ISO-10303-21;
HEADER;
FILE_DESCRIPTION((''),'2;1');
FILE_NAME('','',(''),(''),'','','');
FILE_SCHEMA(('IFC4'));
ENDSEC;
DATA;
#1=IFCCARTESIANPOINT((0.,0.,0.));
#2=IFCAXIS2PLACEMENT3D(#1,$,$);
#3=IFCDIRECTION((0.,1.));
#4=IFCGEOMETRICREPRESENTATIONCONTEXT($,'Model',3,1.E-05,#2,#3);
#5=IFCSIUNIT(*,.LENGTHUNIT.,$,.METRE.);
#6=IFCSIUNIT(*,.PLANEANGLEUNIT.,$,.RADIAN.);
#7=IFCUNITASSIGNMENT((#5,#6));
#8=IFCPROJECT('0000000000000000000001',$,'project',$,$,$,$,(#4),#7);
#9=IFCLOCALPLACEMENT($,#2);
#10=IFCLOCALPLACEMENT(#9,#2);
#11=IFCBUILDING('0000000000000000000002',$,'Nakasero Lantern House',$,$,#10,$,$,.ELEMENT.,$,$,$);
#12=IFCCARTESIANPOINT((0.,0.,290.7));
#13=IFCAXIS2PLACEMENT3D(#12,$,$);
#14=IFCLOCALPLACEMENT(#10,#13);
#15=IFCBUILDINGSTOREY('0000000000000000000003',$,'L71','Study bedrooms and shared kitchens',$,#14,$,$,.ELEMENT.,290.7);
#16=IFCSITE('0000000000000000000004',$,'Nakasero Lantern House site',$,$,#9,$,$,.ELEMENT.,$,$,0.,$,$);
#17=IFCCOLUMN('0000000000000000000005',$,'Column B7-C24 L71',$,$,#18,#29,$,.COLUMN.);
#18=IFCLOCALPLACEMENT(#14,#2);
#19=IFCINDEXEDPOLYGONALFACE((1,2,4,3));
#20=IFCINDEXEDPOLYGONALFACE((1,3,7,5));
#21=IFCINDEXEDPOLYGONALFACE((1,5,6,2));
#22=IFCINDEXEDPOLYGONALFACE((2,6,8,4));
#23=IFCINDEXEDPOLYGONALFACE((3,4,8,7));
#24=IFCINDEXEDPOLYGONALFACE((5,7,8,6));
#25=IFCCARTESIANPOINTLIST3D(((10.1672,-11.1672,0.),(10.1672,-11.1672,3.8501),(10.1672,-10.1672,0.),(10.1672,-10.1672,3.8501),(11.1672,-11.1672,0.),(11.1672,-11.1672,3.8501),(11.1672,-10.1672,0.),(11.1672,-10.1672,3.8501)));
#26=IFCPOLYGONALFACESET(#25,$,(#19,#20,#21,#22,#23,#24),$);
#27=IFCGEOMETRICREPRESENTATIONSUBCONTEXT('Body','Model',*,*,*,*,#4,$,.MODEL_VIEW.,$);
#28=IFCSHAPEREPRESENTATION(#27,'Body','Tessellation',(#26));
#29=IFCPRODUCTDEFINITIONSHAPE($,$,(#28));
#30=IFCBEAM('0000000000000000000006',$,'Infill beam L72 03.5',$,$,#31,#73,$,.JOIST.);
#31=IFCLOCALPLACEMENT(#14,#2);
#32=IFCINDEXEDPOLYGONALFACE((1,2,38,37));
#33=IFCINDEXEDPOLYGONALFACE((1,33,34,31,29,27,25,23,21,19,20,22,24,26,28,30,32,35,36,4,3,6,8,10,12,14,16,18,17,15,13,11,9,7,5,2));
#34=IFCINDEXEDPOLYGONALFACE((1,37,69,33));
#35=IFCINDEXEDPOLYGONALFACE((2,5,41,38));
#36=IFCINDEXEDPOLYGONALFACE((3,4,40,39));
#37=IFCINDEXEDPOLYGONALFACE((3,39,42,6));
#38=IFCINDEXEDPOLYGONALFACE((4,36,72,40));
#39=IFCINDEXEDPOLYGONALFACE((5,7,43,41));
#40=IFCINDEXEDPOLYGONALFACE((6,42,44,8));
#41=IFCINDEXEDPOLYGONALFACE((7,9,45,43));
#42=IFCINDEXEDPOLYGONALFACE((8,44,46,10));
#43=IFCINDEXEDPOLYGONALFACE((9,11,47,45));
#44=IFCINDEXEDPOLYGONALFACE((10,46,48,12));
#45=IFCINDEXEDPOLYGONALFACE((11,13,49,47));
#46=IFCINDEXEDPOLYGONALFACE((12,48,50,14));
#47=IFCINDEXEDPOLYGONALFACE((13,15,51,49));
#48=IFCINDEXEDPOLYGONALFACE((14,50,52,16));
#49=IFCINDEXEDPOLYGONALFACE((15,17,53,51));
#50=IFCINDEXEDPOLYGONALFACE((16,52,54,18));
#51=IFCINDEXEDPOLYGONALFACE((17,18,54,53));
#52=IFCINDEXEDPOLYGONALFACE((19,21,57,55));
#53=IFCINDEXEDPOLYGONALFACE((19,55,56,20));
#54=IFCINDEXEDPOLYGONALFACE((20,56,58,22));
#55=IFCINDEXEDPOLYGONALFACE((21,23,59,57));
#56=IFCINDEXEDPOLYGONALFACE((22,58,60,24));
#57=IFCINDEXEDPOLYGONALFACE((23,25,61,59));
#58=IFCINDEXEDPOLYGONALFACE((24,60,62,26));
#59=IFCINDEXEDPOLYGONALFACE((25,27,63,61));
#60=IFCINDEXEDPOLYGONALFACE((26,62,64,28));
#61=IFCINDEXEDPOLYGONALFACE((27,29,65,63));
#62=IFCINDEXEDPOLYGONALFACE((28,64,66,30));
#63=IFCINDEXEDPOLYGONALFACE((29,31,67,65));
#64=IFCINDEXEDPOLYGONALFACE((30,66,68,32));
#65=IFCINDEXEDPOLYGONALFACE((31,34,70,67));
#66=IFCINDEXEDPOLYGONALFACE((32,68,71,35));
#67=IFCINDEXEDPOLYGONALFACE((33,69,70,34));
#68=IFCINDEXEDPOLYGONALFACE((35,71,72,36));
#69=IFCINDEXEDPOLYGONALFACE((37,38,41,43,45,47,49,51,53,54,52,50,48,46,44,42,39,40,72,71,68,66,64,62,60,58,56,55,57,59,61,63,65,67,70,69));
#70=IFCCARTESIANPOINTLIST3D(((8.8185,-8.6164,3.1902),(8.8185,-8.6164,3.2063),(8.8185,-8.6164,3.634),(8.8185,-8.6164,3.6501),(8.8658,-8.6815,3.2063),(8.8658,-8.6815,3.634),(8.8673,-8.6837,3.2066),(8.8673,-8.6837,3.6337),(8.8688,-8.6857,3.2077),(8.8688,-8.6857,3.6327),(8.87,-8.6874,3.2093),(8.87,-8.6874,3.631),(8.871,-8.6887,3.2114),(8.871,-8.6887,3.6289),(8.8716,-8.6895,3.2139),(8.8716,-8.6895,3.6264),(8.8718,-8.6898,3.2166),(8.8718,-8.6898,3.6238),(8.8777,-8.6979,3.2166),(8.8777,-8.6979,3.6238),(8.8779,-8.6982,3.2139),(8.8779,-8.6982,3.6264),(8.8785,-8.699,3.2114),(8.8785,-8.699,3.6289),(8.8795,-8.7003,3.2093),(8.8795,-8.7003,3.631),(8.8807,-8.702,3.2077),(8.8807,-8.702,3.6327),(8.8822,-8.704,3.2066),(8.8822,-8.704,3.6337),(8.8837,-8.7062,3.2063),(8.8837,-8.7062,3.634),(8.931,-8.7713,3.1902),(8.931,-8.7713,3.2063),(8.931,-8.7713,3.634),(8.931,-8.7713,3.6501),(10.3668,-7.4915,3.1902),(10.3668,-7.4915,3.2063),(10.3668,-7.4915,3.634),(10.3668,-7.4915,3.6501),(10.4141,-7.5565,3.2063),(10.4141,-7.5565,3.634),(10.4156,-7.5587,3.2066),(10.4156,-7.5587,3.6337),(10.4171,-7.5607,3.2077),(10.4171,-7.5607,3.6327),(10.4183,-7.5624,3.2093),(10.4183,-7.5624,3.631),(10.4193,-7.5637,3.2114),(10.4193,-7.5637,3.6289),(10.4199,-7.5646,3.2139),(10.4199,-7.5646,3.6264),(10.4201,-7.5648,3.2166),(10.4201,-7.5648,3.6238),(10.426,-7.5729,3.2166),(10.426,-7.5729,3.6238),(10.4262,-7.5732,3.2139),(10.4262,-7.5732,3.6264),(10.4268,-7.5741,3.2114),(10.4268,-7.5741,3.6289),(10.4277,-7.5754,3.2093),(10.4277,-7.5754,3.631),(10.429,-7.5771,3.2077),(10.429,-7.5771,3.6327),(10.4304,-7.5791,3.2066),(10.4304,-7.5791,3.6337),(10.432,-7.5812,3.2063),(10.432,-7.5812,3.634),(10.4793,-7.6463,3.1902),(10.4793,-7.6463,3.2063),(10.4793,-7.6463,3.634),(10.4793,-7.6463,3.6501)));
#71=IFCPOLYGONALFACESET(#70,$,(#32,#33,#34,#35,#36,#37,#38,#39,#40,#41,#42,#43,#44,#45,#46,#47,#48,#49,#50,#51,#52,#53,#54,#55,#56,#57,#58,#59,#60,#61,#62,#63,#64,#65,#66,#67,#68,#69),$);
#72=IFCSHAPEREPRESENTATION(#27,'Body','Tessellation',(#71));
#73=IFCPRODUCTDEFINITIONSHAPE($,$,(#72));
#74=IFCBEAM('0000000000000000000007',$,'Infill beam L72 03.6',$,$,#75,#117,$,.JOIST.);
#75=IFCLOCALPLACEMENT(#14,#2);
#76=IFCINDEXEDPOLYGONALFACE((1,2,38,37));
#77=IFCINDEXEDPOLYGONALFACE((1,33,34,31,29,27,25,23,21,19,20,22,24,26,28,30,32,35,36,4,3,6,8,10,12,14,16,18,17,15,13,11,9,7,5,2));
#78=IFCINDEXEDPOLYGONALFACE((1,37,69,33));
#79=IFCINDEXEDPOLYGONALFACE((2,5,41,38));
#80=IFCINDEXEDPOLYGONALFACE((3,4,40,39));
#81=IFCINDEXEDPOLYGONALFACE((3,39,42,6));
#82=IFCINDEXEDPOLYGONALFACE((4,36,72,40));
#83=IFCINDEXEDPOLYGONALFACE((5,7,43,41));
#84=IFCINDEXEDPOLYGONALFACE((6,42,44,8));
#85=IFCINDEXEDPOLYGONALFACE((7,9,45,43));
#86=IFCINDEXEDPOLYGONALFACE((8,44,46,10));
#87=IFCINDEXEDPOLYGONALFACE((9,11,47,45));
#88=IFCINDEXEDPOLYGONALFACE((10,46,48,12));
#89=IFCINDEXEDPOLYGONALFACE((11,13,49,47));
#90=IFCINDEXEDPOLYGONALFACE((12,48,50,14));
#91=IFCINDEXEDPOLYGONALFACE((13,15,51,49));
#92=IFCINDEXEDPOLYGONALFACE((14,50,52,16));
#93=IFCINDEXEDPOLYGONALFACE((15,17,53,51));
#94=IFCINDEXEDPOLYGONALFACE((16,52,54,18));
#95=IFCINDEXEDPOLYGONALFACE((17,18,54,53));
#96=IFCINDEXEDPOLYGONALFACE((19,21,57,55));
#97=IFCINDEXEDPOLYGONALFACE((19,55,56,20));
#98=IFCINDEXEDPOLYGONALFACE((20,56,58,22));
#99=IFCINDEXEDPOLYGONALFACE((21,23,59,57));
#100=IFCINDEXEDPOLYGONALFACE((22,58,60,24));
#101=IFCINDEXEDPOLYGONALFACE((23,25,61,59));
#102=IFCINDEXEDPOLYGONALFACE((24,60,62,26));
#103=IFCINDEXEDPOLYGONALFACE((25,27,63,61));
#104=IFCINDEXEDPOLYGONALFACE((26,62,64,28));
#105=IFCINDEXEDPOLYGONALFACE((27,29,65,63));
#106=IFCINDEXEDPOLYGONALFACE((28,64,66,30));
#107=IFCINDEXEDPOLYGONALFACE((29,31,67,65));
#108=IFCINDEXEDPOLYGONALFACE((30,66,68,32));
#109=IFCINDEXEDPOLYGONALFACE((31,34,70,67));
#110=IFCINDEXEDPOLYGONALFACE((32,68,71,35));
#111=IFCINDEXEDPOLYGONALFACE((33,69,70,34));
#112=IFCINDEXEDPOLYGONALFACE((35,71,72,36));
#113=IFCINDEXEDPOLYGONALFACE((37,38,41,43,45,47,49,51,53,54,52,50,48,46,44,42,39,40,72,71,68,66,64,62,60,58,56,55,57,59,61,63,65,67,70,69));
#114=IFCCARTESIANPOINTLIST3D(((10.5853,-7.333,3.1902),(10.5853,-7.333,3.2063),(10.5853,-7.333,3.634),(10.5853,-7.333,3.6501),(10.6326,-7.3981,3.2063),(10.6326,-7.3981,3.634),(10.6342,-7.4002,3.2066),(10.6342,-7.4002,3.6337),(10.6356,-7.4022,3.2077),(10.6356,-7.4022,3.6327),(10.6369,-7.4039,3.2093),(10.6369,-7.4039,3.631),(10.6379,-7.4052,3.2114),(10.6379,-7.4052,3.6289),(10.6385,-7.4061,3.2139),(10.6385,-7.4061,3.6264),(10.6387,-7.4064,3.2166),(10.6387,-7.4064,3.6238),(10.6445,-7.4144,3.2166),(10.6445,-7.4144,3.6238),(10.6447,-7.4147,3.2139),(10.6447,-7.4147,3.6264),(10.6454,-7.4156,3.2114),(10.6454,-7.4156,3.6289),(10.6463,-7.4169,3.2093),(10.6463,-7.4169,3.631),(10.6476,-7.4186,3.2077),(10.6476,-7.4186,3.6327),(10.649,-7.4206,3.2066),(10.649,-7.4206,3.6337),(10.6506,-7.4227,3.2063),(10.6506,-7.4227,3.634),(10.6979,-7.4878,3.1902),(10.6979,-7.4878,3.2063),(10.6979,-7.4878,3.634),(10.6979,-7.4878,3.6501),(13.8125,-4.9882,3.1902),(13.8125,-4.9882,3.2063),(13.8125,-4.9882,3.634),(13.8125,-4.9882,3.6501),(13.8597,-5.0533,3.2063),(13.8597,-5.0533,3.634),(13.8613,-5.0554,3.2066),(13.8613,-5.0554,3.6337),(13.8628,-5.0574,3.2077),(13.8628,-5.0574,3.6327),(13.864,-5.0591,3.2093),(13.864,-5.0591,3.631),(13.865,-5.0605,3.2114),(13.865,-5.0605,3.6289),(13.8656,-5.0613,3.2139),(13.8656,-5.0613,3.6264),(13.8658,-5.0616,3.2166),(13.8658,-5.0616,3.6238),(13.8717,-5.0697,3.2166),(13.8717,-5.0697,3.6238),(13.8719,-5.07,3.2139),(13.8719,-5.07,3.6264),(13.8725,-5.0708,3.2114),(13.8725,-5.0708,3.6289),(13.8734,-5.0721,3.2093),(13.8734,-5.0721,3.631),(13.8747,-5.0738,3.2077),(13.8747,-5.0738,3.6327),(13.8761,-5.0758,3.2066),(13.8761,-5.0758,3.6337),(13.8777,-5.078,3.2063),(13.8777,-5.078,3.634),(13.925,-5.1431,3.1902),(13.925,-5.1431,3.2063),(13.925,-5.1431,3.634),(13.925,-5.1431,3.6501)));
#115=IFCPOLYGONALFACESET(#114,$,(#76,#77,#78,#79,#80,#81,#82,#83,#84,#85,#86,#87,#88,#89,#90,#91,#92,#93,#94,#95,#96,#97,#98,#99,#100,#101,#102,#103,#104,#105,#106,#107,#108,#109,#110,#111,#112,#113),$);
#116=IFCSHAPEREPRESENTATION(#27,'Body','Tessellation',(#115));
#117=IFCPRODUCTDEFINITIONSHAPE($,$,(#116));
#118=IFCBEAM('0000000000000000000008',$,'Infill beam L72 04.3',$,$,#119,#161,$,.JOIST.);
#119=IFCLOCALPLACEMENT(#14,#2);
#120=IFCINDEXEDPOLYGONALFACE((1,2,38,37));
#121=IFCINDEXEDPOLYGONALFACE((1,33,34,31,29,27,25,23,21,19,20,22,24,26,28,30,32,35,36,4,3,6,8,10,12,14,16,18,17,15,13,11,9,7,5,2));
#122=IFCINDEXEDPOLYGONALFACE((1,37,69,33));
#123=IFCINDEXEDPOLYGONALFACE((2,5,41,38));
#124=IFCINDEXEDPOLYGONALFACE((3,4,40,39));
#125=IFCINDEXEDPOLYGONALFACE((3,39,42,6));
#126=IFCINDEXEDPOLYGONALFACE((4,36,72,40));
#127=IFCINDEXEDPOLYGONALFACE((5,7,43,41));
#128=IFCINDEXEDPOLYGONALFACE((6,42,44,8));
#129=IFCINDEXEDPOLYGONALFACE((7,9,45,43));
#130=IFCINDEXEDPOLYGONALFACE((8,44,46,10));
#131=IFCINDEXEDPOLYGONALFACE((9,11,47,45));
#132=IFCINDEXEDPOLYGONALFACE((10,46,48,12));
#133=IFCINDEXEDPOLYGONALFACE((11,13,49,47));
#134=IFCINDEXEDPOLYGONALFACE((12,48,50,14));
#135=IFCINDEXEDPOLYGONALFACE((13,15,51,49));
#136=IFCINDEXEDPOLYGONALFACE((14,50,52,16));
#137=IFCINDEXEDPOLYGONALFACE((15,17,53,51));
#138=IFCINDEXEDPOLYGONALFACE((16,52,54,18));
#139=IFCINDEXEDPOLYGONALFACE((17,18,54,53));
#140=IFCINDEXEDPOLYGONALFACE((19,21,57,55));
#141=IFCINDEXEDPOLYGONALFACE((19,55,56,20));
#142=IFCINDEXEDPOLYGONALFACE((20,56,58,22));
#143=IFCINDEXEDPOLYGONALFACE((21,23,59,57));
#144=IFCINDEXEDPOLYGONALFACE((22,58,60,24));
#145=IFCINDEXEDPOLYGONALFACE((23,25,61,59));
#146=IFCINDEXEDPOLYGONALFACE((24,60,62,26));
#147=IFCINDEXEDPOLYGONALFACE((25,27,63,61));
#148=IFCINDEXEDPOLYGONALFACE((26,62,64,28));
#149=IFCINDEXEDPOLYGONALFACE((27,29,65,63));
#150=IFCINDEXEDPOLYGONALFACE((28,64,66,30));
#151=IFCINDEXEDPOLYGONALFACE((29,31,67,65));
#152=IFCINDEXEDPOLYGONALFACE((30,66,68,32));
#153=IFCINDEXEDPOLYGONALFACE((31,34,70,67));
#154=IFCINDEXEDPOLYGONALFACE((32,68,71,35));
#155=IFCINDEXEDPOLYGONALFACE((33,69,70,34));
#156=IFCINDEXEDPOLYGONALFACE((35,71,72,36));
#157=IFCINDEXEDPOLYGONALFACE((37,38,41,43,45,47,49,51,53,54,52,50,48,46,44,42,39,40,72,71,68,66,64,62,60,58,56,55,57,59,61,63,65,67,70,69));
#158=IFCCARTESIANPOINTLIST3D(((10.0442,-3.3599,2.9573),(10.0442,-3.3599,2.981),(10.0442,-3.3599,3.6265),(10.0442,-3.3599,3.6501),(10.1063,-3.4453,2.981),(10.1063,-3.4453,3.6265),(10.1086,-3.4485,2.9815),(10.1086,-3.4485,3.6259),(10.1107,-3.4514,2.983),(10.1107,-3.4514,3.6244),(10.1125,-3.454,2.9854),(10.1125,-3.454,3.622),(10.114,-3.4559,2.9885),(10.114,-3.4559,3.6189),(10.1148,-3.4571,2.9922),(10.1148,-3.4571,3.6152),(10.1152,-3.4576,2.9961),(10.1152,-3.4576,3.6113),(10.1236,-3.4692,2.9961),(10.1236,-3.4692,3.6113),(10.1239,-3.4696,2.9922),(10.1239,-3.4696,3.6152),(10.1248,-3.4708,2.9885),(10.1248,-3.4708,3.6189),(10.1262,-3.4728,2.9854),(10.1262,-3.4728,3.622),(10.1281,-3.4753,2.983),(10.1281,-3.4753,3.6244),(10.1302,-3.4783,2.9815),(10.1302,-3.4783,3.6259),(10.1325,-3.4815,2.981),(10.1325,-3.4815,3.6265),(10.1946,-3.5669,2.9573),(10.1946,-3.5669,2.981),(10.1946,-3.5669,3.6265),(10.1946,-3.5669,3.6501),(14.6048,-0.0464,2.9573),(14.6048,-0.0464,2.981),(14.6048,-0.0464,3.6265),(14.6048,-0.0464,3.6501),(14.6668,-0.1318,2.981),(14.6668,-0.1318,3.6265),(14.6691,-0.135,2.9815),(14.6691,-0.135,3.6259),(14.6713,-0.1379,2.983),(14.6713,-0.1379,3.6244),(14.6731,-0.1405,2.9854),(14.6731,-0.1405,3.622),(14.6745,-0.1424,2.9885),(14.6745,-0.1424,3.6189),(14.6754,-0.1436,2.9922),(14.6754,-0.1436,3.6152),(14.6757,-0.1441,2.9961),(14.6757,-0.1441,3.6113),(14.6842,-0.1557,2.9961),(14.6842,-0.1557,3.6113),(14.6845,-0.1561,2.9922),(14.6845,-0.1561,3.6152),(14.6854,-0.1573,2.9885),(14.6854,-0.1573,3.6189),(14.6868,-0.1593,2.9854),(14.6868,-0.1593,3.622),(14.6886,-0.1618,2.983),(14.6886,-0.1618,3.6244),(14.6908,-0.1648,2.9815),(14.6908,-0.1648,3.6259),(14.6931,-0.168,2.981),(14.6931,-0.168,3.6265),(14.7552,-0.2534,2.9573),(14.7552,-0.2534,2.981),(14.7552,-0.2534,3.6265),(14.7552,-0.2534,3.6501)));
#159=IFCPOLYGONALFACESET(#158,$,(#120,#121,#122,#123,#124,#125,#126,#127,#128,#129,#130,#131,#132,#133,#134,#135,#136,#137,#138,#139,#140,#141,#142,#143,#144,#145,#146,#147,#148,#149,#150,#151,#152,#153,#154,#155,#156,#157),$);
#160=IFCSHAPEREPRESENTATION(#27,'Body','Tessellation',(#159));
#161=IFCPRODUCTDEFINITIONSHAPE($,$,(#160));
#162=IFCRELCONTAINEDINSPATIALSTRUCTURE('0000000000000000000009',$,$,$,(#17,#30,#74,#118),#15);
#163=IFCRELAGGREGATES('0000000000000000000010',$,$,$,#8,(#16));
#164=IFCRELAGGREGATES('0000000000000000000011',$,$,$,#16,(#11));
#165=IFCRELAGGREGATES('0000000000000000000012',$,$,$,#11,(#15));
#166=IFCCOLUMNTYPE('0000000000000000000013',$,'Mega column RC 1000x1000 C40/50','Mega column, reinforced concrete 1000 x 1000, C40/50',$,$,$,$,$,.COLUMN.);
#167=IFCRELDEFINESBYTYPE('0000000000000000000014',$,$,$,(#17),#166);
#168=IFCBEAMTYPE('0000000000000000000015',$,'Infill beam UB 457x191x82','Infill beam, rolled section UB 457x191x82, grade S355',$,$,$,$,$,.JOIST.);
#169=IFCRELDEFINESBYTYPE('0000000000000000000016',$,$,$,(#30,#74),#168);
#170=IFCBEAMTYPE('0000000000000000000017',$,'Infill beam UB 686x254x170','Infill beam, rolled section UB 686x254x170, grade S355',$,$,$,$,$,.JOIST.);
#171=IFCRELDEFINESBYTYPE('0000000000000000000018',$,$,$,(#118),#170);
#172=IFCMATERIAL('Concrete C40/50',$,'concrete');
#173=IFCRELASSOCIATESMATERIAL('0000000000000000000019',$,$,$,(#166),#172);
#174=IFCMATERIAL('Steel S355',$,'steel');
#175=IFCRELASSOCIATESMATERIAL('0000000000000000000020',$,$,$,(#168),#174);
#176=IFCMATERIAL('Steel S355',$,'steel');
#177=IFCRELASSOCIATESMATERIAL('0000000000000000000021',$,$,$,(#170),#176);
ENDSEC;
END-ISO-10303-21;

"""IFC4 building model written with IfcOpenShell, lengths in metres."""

from ifc_helpers import new_model, si_unit, direction, frame, origin, origin_2d, place, context, subcontext, project, spatial, rectangle, i_section, extrude, material, material_profile, profile_set, type_object, element, save


model = new_model("IFC4")

# Units and contexts
model_context = context("Model", 3, precision=1e-05, world=origin(), true_north=direction((0.0, 1.0)))
body_context = subcontext(model_context, "Body", "Model", "MODEL_VIEW")
ifc_project = project(units=[si_unit("LENGTHUNIT", "METRE"), si_unit("PLANEANGLEUNIT", "RADIAN")], contexts=[model_context])

# Site, building, storey
site_placement = place(None, origin())
site = spatial("IfcSite", under=ifc_project, at=site_placement, Name="Nakasero Lantern House site", CompositionType="ELEMENT", RefElevation=0.0)
building_placement = place(site_placement, origin())
building = spatial("IfcBuilding", under=site, at=building_placement, Name="Nakasero Lantern House", CompositionType="ELEMENT")
storey_placement = place(building_placement, frame((0.0, 0.0, 290.7)))
storey = spatial("IfcBuildingStorey", under=building, at=storey_placement, Name="L71", Description="Study bedrooms and shared kitchens", CompositionType="ELEMENT", Elevation=290.7)

# Column
ifc_material_1 = material(Name="Concrete C40/50", Category="concrete")
ifc_material_profile_1 = material_profile(ifc_material_1, rectangle(XDim=1.0, YDim=1.0, at=origin_2d()), Name="RC 1000x1000")
ifc_profile_set_1 = profile_set([ifc_material_profile_1], Name="Concrete C40/50")
column_type = type_object("IfcColumnType", Name="Mega column RC 1000x1000 C40/50", Description="Mega column, reinforced concrete 1000 x 1000, C40/50", PredefinedType="COLUMN", material=ifc_profile_set_1)
column_placement = place(storey_placement, frame((10.6672, -10.6672, 0.0), z_axis=(0.0, 0.0, 1.0), x_axis=(1.0, 0.0, 0.0)))
element("IfcColumn", 1, at=column_placement, inside=storey, type_object=column_type, Name="Column B7-C24 L71", PredefinedType="COLUMN", context=body_context, shape_type="SweptSolid", body=[
    extrude(rectangle(XDim=1.0, YDim=1.0, at=origin_2d()), origin(), (0.0, 0.0, 1.0), 3.8501),
])

# Beams
ifc_material_2 = material(Name="Steel S355", Category="steel")
ifc_material_profile_2 = material_profile(ifc_material_2, i_section(OverallWidth=0.1914, OverallDepth=0.46, WebThickness=0.01, FlangeThickness=0.0161, FilletRadius=0.0103, at=origin_2d()), Name="UB 457x191x82")
ifc_profile_set_2 = profile_set([ifc_material_profile_2], Name="Steel S355")
beam_type_1 = type_object("IfcBeamType", Name="Infill beam UB 457x191x82", Description="Infill beam, rolled section UB 457x191x82, grade S355", PredefinedType="JOIST", material=ifc_profile_set_2)
beam_1_placement = place(storey_placement, frame((8.8748, -8.6938, 3.4202), z_axis=(0.809001, 0.587808, 0.0), x_axis=(-0.587808, 0.809001, 0.0)))
element("IfcBeam", 2, at=beam_1_placement, inside=storey, type_object=beam_type_1, Name="Infill beam L72 03.5", PredefinedType="JOIST", context=body_context, shape_type="SweptSolid", body=[
    extrude(i_section(OverallWidth=0.1914, OverallDepth=0.46, WebThickness=0.01, FlangeThickness=0.0161, FilletRadius=0.0103, at=origin_2d()), origin(), (0.0, 0.0, 1.0), 1.9138),
])
beam_2_placement = place(storey_placement, frame((10.6416, -7.4104, 3.4202), z_axis=(0.809001, 0.587808, 0.0), x_axis=(-0.587808, 0.809001, 0.0)))
element("IfcBeam", 3, at=beam_2_placement, inside=storey, type_object=beam_type_1, Name="Infill beam L72 03.6", PredefinedType="JOIST", context=body_context, shape_type="SweptSolid", body=[
    extrude(i_section(OverallWidth=0.1914, OverallDepth=0.46, WebThickness=0.01, FlangeThickness=0.0161, FilletRadius=0.0103, at=origin_2d()), origin(), (0.0, 0.0, 1.0), 3.989),
])
ifc_material_3 = material(Name="Steel S355", Category="steel")
ifc_material_profile_3 = material_profile(ifc_material_3, i_section(OverallWidth=0.2559, OverallDepth=0.6929, WebThickness=0.0144, FlangeThickness=0.0237, FilletRadius=0.0151, at=origin_2d()), Name="UB 686x254x170")
ifc_profile_set_3 = profile_set([ifc_material_profile_3], Name="Steel S355")
beam_type_2 = type_object("IfcBeamType", Name="Infill beam UB 686x254x170", Description="Infill beam, rolled section UB 686x254x170, grade S355", PredefinedType="JOIST", material=ifc_profile_set_3)
beam_3_placement = place(storey_placement, frame((10.1194, -3.4634, 3.3037), z_axis=(0.809013, 0.587791, 0.0), x_axis=(-0.587791, 0.809013, 0.0)))
element("IfcBeam", 4, at=beam_3_placement, inside=storey, type_object=beam_type_2, Name="Infill beam L72 04.3", PredefinedType="JOIST", context=body_context, shape_type="SweptSolid", body=[
    extrude(i_section(OverallWidth=0.2559, OverallDepth=0.6929, WebThickness=0.0144, FlangeThickness=0.0237, FilletRadius=0.0151, at=origin_2d()), origin(), (0.0, 0.0, 1.0), 5.6372),
])

save(model, "model.ifc")
